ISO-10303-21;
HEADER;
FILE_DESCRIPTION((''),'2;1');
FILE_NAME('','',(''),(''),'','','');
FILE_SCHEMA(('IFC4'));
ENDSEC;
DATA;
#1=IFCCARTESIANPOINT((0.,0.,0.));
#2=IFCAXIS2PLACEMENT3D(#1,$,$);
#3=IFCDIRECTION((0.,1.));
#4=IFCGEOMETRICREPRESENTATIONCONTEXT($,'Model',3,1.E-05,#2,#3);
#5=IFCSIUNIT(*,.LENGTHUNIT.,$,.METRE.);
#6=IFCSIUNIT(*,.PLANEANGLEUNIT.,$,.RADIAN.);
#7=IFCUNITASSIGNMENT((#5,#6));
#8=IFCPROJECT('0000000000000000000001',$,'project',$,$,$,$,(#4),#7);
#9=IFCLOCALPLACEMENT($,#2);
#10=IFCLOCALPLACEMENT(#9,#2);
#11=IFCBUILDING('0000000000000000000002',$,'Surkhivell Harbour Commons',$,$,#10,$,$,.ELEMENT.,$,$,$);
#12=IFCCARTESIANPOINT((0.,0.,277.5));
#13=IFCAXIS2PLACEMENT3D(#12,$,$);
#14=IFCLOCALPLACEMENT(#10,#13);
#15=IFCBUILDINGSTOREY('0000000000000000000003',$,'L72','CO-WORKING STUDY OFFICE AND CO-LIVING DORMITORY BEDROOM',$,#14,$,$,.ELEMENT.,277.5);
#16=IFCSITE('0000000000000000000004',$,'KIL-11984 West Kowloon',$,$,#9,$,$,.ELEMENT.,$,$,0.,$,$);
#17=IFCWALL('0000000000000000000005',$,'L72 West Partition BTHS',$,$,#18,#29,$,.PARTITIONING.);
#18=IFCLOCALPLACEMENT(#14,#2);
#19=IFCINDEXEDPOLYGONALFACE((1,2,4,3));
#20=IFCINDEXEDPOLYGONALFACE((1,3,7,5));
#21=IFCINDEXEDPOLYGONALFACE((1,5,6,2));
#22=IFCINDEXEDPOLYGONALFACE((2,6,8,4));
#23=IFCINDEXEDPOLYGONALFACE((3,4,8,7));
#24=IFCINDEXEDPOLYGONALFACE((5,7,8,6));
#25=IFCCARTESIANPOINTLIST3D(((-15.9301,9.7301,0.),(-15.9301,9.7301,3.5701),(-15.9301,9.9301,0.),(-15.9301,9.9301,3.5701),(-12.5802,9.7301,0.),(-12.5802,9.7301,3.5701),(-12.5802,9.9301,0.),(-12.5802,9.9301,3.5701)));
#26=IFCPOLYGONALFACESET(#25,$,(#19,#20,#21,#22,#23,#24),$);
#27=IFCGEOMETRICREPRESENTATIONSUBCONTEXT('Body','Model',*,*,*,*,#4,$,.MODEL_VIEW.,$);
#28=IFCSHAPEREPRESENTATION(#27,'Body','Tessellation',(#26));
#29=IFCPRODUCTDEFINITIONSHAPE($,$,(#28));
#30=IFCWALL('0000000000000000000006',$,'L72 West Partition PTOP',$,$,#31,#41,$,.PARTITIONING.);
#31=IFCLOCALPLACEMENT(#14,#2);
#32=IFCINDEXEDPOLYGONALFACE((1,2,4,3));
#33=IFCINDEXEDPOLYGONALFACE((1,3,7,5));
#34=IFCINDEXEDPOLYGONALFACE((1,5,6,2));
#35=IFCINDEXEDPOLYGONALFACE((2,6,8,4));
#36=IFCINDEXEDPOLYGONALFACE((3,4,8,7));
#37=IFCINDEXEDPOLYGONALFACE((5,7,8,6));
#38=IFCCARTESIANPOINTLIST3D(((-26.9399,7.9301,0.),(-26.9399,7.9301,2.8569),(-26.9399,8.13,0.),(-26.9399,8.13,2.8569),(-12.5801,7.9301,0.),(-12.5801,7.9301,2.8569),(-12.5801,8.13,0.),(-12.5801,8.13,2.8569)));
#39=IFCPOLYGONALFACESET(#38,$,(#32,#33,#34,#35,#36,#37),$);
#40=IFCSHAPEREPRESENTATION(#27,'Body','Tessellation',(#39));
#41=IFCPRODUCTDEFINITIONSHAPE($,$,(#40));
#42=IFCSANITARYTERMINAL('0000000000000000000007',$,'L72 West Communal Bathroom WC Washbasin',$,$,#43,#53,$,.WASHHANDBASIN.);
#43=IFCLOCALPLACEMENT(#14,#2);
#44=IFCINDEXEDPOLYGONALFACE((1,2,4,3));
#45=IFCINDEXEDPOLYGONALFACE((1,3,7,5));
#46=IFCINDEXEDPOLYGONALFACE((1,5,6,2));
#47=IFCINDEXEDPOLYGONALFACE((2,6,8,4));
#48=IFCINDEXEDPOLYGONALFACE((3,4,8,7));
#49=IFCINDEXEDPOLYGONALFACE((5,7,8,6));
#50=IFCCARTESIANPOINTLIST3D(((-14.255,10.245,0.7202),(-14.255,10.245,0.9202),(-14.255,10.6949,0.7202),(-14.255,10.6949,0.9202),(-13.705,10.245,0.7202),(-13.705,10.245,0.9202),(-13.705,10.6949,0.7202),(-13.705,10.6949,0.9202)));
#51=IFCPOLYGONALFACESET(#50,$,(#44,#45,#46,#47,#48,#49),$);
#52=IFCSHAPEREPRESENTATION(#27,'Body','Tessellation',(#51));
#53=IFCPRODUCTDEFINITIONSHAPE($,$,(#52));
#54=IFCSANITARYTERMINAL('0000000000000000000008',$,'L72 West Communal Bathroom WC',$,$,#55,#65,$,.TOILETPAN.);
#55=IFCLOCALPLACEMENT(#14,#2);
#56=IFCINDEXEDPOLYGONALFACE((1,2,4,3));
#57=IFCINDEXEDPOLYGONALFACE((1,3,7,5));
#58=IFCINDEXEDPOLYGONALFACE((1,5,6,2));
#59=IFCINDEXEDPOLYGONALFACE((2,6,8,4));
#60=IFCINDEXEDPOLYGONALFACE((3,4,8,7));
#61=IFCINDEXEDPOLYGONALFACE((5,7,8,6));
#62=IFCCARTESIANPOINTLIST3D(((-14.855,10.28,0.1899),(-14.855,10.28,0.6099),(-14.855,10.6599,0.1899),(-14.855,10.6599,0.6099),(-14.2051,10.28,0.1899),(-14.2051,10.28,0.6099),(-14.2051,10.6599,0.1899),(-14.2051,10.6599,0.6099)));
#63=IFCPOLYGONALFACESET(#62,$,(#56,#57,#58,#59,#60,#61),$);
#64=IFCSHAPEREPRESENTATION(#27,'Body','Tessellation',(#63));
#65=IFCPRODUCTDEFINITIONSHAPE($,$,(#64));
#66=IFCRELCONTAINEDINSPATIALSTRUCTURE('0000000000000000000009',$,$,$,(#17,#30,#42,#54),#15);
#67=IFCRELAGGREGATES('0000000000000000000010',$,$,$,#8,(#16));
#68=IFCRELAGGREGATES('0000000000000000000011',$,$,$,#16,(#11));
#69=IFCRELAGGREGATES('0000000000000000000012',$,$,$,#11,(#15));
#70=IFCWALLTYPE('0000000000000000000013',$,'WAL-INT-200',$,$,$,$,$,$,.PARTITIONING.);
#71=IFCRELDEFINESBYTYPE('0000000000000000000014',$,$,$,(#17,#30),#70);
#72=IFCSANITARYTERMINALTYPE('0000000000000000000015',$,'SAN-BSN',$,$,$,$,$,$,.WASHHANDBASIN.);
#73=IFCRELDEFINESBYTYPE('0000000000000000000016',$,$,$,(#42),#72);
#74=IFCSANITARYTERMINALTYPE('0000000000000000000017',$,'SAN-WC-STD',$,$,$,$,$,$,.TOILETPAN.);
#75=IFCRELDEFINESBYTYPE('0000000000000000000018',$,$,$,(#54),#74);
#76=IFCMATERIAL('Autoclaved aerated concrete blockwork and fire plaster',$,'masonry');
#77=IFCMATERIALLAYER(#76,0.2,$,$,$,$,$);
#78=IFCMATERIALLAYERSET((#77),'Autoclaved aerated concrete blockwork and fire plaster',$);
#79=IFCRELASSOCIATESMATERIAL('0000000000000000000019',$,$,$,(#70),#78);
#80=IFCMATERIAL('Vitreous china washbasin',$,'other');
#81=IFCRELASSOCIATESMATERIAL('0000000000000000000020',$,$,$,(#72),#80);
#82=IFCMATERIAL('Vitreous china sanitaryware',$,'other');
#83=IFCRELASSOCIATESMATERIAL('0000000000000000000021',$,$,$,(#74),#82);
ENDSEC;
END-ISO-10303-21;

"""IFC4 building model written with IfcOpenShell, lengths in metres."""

from ifc_helpers import new_model, si_unit, direction, frame, frame_2d, origin, origin_2d, place, context, subcontext, project, spatial, rectangle, extrude, material, layer, layer_set, type_object, element, save


model = new_model("IFC4")

# Units and contexts
model_context = context("Model", 3, precision=1e-05, world=origin(), true_north=direction((0.0, 1.0)))
body_context = subcontext(model_context, "Body", "Model", "MODEL_VIEW")
ifc_project = project(units=[si_unit("LENGTHUNIT", "METRE"), si_unit("PLANEANGLEUNIT", "RADIAN")], contexts=[model_context])

# Site, building, storey
site_placement = place(None, origin())
site = spatial("IfcSite", under=ifc_project, at=site_placement, Name="KIL-11984 West Kowloon", CompositionType="ELEMENT", RefElevation=0.0)
building_placement = place(site_placement, origin())
building = spatial("IfcBuilding", under=site, at=building_placement, Name="Surkhivell Harbour Commons", CompositionType="ELEMENT")
storey_placement = place(building_placement, frame((0.0, 0.0, 277.5)))
storey = spatial("IfcBuildingStorey", under=building, at=storey_placement, Name="L72", Description="CO-WORKING STUDY OFFICE AND CO-LIVING DORMITORY BEDROOM", CompositionType="ELEMENT", Elevation=277.5)

# Walls
ifc_material_1 = material(Name="Autoclaved aerated concrete blockwork and fire plaster", Category="masonry")
ifc_layer_1 = layer(ifc_material_1, 0.2)
ifc_layer_set_1 = layer_set([ifc_layer_1], Name="Autoclaved aerated concrete blockwork and fire plaster")
wall_type_1 = type_object("IfcWallType", Name="WAL-INT-200", PredefinedType="PARTITIONING", material=ifc_layer_set_1)
wall_1_placement = place(storey_placement, frame((-15.9299, 9.8301, 0.0), z_axis=(0.0, 0.0, 1.0), x_axis=(1.0, 0.0, 0.0)))
element("IfcWall", 1, at=wall_1_placement, inside=storey, type_object=wall_type_1, Name="L72 West Partition BTHS", PredefinedType="PARTITIONING", context=body_context, shape_type="SweptSolid", body=[
    extrude(rectangle(XDim=3.3499, YDim=0.2, at=frame_2d((1.6748, 0.0))), origin(), (0.0, 0.0, 1.0), 3.5701),
])
wall_2_placement = place(storey_placement, frame((-26.9399, 8.03, 0.0), z_axis=(0.0, 0.0, 1.0), x_axis=(1.0, 0.0, 0.0)))
element("IfcWall", 2, at=wall_2_placement, inside=storey, type_object=wall_type_1, Name="L72 West Partition PTOP", PredefinedType="PARTITIONING", context=body_context, shape_type="SweptSolid", body=[
    extrude(rectangle(XDim=14.3599, YDim=0.2, at=frame_2d((7.1799, 0.0))), origin(), (0.0, 0.0, 1.0), 2.8569),
])

# Sanitary terminals
ifc_material_2 = material(Name="Vitreous china washbasin", Category="other")
sanitary_terminal_type_1 = type_object("IfcSanitaryTerminalType", Name="SAN-BSN", PredefinedType="WASHHANDBASIN", material=ifc_material_2)
sanitary_terminal_1_placement = place(storey_placement, frame((-13.98, 10.47, 0.7202), z_axis=(0.0, 0.0, 1.0), x_axis=(1.0, 0.0, 0.0)))
element("IfcSanitaryTerminal", 3, at=sanitary_terminal_1_placement, inside=storey, type_object=sanitary_terminal_type_1, Name="L72 West Communal Bathroom WC Washbasin", PredefinedType="WASHHANDBASIN", context=body_context, shape_type="SweptSolid", body=[
    extrude(rectangle(XDim=0.55, YDim=0.45, at=origin_2d()), origin(), (0.0, 0.0, 1.0), 0.2),
])
ifc_material_3 = material(Name="Vitreous china sanitaryware", Category="other")
sanitary_terminal_type_2 = type_object("IfcSanitaryTerminalType", Name="SAN-WC-STD", PredefinedType="TOILETPAN", material=ifc_material_3)
sanitary_terminal_2_placement = place(storey_placement, frame((-14.53, 10.47, 0.1899), z_axis=(0.0, 0.0, 1.0), x_axis=(1.0, 0.0, 0.0)))
element("IfcSanitaryTerminal", 4, at=sanitary_terminal_2_placement, inside=storey, type_object=sanitary_terminal_type_2, Name="L72 West Communal Bathroom WC", PredefinedType="TOILETPAN", context=body_context, shape_type="SweptSolid", body=[
    extrude(rectangle(XDim=0.6499, YDim=0.3799, at=origin_2d()), origin(), (0.0, 0.0, 1.0), 0.4199),
])

save(model, "model.ifc")
